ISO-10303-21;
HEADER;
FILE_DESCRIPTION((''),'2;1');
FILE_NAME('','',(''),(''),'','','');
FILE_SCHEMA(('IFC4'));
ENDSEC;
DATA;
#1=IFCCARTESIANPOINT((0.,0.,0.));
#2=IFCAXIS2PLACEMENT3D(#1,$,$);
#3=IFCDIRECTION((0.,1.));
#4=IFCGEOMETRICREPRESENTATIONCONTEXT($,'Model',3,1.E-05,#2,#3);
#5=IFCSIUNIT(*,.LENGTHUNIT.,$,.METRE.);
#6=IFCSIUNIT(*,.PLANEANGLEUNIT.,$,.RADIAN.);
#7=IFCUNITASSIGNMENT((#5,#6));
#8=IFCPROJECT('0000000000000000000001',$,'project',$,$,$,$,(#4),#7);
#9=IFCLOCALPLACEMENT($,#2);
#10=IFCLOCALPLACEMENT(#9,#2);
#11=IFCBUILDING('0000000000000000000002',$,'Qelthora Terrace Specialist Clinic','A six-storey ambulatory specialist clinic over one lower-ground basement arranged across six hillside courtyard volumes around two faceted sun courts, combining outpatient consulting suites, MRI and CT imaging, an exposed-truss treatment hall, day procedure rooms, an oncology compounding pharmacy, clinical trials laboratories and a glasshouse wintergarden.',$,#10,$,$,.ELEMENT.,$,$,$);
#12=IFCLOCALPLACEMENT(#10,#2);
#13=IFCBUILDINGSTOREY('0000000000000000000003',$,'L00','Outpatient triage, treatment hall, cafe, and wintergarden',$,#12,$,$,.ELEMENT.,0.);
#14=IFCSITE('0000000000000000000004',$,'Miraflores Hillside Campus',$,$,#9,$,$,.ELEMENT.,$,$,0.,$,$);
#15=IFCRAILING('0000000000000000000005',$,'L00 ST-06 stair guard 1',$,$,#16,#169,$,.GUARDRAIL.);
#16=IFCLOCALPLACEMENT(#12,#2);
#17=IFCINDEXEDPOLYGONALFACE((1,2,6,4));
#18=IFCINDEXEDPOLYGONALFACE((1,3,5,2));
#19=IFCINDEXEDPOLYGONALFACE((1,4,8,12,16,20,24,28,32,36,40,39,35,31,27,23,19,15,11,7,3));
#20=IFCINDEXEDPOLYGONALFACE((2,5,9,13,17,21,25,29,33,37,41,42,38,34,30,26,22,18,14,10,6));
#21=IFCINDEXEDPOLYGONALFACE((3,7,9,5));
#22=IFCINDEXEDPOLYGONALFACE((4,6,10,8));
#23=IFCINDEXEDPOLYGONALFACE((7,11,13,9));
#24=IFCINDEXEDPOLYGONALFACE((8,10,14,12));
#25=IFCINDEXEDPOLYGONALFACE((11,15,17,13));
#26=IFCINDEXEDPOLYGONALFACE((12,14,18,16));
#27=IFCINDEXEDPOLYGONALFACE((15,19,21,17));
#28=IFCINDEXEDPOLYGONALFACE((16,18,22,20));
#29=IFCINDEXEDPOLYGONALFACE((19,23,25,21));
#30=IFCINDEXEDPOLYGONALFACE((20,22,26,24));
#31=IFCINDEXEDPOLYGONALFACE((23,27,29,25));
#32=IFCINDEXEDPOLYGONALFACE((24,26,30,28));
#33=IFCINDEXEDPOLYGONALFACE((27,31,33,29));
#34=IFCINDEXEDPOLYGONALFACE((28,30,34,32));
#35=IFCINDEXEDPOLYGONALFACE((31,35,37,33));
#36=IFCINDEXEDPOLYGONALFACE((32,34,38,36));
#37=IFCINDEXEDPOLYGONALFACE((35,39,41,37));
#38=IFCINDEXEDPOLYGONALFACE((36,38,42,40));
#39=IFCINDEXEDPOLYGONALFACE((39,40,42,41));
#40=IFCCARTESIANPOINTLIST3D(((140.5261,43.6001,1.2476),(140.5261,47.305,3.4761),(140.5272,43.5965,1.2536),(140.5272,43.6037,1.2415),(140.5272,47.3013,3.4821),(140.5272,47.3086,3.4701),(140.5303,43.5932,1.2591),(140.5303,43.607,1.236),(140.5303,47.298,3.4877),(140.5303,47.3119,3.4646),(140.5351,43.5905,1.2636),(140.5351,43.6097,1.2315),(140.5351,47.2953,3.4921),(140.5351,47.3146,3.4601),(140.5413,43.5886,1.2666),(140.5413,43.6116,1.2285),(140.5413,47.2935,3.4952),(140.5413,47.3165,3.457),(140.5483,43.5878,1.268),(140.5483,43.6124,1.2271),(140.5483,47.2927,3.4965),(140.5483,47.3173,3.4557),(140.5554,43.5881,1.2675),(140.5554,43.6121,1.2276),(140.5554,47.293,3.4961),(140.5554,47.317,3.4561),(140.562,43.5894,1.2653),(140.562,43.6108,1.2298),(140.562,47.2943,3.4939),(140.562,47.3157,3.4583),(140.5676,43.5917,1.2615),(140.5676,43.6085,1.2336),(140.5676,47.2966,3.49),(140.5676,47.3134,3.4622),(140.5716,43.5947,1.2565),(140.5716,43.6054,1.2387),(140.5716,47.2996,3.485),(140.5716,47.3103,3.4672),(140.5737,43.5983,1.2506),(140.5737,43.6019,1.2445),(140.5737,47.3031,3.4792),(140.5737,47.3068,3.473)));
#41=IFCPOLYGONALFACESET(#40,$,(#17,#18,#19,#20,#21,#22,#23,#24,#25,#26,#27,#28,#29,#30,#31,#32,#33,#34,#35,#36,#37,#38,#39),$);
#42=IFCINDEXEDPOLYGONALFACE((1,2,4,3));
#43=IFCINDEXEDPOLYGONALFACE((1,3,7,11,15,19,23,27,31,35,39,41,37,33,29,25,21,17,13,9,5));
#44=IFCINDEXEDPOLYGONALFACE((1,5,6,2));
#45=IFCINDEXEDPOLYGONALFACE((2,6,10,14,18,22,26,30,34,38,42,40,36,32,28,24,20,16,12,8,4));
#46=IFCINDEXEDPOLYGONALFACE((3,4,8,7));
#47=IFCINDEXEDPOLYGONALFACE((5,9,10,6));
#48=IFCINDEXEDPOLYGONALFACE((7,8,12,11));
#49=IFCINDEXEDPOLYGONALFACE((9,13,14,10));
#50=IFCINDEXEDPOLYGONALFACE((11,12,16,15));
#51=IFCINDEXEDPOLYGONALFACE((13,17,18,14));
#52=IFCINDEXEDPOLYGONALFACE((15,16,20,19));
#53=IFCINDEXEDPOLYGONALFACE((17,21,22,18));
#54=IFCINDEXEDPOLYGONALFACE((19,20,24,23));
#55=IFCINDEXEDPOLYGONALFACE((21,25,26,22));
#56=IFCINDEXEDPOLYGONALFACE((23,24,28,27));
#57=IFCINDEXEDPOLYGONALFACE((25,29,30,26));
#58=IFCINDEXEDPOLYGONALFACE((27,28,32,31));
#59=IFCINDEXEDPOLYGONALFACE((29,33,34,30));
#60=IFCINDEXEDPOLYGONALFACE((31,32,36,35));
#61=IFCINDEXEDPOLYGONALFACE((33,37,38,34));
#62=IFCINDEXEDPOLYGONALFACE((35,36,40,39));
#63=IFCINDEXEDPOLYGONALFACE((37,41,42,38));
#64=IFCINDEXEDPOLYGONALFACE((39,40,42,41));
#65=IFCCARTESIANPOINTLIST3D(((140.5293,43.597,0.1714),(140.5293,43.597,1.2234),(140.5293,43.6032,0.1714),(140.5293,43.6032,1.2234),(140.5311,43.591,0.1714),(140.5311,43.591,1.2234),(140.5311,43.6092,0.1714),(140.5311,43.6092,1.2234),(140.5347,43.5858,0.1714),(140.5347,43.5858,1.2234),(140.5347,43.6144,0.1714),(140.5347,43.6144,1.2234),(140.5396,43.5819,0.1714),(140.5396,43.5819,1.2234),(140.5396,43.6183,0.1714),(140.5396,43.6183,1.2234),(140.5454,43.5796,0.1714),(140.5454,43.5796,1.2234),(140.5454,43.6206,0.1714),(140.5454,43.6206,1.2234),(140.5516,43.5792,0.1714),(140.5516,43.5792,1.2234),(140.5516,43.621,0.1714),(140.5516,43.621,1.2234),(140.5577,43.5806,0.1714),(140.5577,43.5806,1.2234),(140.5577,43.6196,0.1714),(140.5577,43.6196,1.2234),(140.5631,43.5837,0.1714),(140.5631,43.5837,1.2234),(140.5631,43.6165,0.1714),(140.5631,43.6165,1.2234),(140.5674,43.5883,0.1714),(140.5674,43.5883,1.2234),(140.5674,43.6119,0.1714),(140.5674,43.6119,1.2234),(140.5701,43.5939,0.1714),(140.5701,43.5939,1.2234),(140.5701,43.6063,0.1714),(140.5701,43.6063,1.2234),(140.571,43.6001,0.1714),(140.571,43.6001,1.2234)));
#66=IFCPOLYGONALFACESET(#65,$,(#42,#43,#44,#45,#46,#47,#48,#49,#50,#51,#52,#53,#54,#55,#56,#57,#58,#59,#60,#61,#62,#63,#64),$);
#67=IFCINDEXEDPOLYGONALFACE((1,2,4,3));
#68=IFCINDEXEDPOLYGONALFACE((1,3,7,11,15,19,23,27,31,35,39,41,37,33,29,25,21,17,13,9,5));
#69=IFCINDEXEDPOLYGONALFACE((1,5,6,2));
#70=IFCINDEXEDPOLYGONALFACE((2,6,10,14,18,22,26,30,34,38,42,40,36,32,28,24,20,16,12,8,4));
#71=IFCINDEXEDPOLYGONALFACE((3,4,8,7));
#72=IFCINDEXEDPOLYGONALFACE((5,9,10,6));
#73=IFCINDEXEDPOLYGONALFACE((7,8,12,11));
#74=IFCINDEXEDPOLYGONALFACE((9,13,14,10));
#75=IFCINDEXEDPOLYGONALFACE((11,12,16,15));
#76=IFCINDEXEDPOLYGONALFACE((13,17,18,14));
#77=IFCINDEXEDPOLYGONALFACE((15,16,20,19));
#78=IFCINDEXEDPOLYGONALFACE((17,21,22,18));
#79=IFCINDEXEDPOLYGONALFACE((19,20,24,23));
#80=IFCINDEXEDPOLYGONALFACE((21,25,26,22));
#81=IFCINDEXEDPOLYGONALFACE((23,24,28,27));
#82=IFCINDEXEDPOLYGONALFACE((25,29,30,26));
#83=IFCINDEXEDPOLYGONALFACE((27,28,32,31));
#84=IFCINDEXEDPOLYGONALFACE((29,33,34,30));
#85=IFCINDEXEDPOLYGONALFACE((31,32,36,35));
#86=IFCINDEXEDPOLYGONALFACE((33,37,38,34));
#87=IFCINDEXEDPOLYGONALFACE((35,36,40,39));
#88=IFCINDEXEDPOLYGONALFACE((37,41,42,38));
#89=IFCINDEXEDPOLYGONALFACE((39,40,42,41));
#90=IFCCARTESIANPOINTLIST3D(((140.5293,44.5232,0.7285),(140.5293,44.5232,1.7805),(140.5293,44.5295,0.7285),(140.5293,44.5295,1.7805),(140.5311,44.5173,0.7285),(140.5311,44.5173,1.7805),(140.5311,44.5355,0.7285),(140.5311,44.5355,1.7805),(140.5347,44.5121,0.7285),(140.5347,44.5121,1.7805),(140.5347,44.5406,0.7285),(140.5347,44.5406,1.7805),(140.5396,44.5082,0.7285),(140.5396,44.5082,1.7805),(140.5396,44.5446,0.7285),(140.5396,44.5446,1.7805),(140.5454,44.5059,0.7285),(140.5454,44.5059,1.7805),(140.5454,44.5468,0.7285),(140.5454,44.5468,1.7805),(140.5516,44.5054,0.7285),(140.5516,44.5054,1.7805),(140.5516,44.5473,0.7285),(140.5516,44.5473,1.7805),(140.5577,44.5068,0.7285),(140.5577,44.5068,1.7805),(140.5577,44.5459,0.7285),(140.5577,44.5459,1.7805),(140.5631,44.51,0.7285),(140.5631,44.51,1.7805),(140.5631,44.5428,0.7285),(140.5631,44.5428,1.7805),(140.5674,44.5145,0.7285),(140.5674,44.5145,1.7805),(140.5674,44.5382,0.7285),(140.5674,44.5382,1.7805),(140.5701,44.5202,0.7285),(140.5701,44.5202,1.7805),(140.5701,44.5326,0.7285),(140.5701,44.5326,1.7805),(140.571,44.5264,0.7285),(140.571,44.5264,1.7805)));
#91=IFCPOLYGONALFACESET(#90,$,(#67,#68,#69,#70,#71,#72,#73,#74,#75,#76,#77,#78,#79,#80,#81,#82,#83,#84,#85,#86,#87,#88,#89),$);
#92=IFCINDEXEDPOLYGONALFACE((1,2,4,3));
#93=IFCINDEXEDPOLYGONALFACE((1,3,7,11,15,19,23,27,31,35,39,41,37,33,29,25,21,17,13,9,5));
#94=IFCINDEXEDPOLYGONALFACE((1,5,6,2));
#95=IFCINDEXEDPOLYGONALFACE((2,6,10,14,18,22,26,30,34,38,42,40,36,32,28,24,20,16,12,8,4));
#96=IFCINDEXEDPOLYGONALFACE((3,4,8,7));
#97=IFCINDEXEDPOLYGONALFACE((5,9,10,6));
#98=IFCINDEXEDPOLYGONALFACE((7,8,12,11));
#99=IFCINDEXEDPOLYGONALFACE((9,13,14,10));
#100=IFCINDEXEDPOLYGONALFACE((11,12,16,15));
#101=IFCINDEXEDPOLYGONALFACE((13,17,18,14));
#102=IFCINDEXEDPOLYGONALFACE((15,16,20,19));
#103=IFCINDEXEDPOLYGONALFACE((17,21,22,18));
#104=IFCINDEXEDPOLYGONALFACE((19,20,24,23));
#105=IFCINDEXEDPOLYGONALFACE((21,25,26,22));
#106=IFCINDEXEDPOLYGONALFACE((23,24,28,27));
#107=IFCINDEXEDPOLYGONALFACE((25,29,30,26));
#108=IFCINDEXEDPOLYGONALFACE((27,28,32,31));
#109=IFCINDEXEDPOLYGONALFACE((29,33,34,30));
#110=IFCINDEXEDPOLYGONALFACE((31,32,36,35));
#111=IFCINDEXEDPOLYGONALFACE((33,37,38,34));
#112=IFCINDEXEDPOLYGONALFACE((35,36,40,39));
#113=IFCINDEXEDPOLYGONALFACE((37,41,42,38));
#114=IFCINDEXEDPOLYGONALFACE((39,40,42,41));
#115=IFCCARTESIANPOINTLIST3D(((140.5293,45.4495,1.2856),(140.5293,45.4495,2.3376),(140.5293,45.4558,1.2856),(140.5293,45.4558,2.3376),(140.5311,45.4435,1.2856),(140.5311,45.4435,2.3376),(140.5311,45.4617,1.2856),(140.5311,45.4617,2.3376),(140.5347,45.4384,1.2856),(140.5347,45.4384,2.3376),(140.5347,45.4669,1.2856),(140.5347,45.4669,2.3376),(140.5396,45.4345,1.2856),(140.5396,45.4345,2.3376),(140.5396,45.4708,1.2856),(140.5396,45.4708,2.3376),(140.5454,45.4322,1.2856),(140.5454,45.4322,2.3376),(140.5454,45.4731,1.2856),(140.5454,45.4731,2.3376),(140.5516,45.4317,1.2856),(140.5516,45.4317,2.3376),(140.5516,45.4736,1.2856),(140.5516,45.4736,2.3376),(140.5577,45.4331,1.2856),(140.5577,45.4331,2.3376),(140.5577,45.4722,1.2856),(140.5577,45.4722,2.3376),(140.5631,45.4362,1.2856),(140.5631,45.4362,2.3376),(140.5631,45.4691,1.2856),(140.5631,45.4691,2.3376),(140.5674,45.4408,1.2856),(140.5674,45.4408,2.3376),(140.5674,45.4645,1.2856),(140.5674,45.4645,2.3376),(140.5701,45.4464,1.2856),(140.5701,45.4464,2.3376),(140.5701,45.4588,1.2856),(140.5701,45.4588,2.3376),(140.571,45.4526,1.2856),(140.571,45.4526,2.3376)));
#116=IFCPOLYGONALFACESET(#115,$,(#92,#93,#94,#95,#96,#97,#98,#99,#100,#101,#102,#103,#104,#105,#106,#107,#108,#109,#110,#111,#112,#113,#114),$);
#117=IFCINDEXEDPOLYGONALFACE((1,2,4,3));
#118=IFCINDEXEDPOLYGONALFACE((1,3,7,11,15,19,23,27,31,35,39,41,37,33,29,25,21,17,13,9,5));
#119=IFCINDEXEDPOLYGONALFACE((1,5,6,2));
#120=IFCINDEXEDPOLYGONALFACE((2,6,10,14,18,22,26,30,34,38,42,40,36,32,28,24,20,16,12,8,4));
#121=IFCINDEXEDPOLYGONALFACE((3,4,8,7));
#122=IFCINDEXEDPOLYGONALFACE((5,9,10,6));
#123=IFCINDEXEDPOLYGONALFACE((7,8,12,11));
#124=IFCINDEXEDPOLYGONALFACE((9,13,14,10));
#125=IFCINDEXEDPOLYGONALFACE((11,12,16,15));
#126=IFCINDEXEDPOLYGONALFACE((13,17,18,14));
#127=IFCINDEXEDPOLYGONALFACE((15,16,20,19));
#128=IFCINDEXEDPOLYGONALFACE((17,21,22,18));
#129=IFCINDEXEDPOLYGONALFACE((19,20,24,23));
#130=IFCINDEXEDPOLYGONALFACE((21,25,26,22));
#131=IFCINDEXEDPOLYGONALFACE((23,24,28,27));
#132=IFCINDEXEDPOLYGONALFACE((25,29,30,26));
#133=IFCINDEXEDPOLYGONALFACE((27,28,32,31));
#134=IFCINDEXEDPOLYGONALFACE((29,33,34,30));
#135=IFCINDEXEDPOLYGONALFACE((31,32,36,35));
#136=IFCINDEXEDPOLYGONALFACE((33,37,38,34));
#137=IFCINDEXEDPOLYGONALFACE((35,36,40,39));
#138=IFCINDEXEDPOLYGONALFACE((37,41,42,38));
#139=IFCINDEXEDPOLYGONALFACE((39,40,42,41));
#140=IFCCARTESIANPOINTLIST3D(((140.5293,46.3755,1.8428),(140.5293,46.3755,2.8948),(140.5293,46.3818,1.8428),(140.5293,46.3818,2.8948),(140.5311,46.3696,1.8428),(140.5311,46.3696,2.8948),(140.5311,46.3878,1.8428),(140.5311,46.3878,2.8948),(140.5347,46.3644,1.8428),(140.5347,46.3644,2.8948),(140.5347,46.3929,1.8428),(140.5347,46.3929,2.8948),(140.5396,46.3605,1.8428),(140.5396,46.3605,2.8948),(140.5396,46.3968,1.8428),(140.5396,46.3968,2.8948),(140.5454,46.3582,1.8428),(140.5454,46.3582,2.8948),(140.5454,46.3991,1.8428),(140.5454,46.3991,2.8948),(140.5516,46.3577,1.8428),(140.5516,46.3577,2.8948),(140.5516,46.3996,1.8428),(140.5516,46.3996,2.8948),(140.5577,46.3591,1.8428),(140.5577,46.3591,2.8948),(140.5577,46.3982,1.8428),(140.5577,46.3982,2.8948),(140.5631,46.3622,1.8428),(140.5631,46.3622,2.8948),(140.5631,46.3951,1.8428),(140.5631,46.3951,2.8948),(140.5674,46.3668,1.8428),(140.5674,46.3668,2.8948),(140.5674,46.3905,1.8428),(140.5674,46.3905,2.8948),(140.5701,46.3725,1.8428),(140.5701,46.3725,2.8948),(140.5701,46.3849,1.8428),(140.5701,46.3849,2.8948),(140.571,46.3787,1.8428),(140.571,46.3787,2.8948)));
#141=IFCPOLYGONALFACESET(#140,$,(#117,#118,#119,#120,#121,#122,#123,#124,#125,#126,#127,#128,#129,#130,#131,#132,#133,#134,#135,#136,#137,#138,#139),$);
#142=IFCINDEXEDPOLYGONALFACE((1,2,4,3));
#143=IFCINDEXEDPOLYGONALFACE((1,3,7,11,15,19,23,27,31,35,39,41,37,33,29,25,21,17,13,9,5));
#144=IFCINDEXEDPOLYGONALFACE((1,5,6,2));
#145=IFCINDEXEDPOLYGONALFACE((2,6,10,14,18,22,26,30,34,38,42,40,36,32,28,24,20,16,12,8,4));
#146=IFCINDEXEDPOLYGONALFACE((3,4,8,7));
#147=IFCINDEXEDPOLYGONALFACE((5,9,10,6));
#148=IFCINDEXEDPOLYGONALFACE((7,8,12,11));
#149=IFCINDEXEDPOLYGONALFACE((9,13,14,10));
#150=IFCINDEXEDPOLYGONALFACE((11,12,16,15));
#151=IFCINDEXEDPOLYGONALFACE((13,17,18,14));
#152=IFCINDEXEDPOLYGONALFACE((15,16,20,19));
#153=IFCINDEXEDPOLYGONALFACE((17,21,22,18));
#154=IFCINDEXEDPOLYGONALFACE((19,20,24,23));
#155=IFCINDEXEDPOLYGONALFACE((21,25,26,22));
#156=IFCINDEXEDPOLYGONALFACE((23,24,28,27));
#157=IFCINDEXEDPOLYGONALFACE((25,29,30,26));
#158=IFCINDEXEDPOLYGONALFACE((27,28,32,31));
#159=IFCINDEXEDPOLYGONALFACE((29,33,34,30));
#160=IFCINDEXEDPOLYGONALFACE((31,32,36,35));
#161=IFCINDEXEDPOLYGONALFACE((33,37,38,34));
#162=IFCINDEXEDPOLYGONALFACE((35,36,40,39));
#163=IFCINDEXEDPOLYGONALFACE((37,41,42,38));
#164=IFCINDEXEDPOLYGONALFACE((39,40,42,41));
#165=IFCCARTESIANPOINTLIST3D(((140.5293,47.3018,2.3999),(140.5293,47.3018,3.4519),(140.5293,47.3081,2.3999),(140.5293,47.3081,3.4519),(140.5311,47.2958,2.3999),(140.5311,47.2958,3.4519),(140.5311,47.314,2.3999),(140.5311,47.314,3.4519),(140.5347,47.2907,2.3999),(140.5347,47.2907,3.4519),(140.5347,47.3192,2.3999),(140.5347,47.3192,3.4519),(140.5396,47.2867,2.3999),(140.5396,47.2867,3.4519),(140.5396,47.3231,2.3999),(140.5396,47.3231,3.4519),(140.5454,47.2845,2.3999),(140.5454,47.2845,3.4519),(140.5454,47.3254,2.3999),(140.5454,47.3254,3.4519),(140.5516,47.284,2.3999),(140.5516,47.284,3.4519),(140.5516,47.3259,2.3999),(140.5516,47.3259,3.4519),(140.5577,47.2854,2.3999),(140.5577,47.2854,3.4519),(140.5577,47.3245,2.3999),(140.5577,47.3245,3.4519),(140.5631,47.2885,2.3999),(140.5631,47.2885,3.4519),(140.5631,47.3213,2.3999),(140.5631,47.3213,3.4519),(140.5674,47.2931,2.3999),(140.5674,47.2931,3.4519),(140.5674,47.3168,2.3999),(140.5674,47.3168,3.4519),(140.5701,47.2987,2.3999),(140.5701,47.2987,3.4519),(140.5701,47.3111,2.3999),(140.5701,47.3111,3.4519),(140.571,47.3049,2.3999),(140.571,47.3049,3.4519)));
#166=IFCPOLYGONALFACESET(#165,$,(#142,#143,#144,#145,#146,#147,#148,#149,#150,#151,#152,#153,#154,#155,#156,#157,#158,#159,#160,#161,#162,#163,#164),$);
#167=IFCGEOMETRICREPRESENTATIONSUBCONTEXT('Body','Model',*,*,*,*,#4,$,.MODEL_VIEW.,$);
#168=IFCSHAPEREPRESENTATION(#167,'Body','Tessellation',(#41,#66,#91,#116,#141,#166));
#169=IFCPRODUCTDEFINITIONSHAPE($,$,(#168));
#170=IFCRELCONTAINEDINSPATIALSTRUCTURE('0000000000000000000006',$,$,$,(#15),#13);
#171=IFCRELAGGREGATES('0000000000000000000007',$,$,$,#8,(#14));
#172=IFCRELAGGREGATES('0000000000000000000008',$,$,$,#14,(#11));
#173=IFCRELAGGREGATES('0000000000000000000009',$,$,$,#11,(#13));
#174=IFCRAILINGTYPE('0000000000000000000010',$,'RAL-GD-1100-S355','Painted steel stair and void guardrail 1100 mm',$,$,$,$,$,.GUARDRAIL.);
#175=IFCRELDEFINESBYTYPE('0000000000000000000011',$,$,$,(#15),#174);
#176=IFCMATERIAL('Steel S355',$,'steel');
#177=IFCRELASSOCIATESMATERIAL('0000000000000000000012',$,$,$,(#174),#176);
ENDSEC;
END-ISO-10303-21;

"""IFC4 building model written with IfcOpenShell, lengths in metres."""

from ifc_helpers import new_model, si_unit, direction, frame, origin, origin_2d, place, context, subcontext, project, spatial, circle, extrude, material, type_object, element, save


model = new_model("IFC4")

# Units and contexts
model_context = context("Model", 3, precision=1e-05, world=origin(), true_north=direction((0.0, 1.0)))
body_context = subcontext(model_context, "Body", "Model", "MODEL_VIEW")
ifc_project = project(units=[si_unit("LENGTHUNIT", "METRE"), si_unit("PLANEANGLEUNIT", "RADIAN")], contexts=[model_context])

# Site, building, storey
site_placement = place(None, origin())
site = spatial("IfcSite", under=ifc_project, at=site_placement, Name="Miraflores Hillside Campus", CompositionType="ELEMENT", RefElevation=0.0)
building_placement = place(site_placement, origin())
building = spatial("IfcBuilding", under=site, at=building_placement, Name="Qelthora Terrace Specialist Clinic", Description="A six-storey ambulatory specialist clinic over one lower-ground basement arranged across six hillside courtyard volumes around two faceted sun courts, combining outpatient consulting suites, MRI and CT imaging, an exposed-truss treatment hall, day procedure rooms, an oncology compounding pharmacy, clinical trials laboratories and a glasshouse wintergarden.", CompositionType="ELEMENT")
storey_placement = place(building_placement, origin())
storey = spatial("IfcBuildingStorey", under=building, at=storey_placement, Name="L00", Description="Outpatient triage, treatment hall, cafe, and wintergarden", CompositionType="ELEMENT", Elevation=0.0)

# Railing
ifc_material_1 = material(Name="Steel S355", Category="steel")
railing_type_1 = type_object("IfcRailingType", Name="RAL-GD-1100-S355", Description="Painted steel stair and void guardrail 1100 mm", PredefinedType="GUARDRAIL", material=ifc_material_1)
railing_1_placement = place(storey_placement, frame((140.55, 43.6001, 0.1714)))
element("IfcRailing", 1, at=railing_1_placement, inside=storey, type_object=railing_type_1, Name="L00 ST-06 stair guard 1", PredefinedType="GUARDRAIL", context=body_context, shape_type="SweptSolid", body=[
    extrude(circle(Radius=0.0239, at=origin_2d()), frame((0.0, 0.0, 1.0762), z_axis=(0.0, 0.856919, 0.51545), x_axis=(-1.0, 0.0, 0.0)), (0.0, 0.0, 1.0), 4.3235),
    extrude(circle(Radius=0.021, at=origin_2d()), origin(), (0.0, 0.0, 1.0), 1.052),
    extrude(circle(Radius=0.021, at=origin_2d()), frame((0.0, 0.9263, 0.5571)), (0.0, 0.0, 1.0), 1.052),
    extrude(circle(Radius=0.021, at=origin_2d()), frame((0.0, 1.8525, 1.1143)), (0.0, 0.0, 1.0), 1.052),
    extrude(circle(Radius=0.021, at=origin_2d()), frame((0.0, 2.7786, 1.6714)), (0.0, 0.0, 1.0), 1.052),
    extrude(circle(Radius=0.021, at=origin_2d()), frame((0.0, 3.7048, 2.2285)), (0.0, 0.0, 1.0), 1.052),
])

save(model, "model.ifc")
